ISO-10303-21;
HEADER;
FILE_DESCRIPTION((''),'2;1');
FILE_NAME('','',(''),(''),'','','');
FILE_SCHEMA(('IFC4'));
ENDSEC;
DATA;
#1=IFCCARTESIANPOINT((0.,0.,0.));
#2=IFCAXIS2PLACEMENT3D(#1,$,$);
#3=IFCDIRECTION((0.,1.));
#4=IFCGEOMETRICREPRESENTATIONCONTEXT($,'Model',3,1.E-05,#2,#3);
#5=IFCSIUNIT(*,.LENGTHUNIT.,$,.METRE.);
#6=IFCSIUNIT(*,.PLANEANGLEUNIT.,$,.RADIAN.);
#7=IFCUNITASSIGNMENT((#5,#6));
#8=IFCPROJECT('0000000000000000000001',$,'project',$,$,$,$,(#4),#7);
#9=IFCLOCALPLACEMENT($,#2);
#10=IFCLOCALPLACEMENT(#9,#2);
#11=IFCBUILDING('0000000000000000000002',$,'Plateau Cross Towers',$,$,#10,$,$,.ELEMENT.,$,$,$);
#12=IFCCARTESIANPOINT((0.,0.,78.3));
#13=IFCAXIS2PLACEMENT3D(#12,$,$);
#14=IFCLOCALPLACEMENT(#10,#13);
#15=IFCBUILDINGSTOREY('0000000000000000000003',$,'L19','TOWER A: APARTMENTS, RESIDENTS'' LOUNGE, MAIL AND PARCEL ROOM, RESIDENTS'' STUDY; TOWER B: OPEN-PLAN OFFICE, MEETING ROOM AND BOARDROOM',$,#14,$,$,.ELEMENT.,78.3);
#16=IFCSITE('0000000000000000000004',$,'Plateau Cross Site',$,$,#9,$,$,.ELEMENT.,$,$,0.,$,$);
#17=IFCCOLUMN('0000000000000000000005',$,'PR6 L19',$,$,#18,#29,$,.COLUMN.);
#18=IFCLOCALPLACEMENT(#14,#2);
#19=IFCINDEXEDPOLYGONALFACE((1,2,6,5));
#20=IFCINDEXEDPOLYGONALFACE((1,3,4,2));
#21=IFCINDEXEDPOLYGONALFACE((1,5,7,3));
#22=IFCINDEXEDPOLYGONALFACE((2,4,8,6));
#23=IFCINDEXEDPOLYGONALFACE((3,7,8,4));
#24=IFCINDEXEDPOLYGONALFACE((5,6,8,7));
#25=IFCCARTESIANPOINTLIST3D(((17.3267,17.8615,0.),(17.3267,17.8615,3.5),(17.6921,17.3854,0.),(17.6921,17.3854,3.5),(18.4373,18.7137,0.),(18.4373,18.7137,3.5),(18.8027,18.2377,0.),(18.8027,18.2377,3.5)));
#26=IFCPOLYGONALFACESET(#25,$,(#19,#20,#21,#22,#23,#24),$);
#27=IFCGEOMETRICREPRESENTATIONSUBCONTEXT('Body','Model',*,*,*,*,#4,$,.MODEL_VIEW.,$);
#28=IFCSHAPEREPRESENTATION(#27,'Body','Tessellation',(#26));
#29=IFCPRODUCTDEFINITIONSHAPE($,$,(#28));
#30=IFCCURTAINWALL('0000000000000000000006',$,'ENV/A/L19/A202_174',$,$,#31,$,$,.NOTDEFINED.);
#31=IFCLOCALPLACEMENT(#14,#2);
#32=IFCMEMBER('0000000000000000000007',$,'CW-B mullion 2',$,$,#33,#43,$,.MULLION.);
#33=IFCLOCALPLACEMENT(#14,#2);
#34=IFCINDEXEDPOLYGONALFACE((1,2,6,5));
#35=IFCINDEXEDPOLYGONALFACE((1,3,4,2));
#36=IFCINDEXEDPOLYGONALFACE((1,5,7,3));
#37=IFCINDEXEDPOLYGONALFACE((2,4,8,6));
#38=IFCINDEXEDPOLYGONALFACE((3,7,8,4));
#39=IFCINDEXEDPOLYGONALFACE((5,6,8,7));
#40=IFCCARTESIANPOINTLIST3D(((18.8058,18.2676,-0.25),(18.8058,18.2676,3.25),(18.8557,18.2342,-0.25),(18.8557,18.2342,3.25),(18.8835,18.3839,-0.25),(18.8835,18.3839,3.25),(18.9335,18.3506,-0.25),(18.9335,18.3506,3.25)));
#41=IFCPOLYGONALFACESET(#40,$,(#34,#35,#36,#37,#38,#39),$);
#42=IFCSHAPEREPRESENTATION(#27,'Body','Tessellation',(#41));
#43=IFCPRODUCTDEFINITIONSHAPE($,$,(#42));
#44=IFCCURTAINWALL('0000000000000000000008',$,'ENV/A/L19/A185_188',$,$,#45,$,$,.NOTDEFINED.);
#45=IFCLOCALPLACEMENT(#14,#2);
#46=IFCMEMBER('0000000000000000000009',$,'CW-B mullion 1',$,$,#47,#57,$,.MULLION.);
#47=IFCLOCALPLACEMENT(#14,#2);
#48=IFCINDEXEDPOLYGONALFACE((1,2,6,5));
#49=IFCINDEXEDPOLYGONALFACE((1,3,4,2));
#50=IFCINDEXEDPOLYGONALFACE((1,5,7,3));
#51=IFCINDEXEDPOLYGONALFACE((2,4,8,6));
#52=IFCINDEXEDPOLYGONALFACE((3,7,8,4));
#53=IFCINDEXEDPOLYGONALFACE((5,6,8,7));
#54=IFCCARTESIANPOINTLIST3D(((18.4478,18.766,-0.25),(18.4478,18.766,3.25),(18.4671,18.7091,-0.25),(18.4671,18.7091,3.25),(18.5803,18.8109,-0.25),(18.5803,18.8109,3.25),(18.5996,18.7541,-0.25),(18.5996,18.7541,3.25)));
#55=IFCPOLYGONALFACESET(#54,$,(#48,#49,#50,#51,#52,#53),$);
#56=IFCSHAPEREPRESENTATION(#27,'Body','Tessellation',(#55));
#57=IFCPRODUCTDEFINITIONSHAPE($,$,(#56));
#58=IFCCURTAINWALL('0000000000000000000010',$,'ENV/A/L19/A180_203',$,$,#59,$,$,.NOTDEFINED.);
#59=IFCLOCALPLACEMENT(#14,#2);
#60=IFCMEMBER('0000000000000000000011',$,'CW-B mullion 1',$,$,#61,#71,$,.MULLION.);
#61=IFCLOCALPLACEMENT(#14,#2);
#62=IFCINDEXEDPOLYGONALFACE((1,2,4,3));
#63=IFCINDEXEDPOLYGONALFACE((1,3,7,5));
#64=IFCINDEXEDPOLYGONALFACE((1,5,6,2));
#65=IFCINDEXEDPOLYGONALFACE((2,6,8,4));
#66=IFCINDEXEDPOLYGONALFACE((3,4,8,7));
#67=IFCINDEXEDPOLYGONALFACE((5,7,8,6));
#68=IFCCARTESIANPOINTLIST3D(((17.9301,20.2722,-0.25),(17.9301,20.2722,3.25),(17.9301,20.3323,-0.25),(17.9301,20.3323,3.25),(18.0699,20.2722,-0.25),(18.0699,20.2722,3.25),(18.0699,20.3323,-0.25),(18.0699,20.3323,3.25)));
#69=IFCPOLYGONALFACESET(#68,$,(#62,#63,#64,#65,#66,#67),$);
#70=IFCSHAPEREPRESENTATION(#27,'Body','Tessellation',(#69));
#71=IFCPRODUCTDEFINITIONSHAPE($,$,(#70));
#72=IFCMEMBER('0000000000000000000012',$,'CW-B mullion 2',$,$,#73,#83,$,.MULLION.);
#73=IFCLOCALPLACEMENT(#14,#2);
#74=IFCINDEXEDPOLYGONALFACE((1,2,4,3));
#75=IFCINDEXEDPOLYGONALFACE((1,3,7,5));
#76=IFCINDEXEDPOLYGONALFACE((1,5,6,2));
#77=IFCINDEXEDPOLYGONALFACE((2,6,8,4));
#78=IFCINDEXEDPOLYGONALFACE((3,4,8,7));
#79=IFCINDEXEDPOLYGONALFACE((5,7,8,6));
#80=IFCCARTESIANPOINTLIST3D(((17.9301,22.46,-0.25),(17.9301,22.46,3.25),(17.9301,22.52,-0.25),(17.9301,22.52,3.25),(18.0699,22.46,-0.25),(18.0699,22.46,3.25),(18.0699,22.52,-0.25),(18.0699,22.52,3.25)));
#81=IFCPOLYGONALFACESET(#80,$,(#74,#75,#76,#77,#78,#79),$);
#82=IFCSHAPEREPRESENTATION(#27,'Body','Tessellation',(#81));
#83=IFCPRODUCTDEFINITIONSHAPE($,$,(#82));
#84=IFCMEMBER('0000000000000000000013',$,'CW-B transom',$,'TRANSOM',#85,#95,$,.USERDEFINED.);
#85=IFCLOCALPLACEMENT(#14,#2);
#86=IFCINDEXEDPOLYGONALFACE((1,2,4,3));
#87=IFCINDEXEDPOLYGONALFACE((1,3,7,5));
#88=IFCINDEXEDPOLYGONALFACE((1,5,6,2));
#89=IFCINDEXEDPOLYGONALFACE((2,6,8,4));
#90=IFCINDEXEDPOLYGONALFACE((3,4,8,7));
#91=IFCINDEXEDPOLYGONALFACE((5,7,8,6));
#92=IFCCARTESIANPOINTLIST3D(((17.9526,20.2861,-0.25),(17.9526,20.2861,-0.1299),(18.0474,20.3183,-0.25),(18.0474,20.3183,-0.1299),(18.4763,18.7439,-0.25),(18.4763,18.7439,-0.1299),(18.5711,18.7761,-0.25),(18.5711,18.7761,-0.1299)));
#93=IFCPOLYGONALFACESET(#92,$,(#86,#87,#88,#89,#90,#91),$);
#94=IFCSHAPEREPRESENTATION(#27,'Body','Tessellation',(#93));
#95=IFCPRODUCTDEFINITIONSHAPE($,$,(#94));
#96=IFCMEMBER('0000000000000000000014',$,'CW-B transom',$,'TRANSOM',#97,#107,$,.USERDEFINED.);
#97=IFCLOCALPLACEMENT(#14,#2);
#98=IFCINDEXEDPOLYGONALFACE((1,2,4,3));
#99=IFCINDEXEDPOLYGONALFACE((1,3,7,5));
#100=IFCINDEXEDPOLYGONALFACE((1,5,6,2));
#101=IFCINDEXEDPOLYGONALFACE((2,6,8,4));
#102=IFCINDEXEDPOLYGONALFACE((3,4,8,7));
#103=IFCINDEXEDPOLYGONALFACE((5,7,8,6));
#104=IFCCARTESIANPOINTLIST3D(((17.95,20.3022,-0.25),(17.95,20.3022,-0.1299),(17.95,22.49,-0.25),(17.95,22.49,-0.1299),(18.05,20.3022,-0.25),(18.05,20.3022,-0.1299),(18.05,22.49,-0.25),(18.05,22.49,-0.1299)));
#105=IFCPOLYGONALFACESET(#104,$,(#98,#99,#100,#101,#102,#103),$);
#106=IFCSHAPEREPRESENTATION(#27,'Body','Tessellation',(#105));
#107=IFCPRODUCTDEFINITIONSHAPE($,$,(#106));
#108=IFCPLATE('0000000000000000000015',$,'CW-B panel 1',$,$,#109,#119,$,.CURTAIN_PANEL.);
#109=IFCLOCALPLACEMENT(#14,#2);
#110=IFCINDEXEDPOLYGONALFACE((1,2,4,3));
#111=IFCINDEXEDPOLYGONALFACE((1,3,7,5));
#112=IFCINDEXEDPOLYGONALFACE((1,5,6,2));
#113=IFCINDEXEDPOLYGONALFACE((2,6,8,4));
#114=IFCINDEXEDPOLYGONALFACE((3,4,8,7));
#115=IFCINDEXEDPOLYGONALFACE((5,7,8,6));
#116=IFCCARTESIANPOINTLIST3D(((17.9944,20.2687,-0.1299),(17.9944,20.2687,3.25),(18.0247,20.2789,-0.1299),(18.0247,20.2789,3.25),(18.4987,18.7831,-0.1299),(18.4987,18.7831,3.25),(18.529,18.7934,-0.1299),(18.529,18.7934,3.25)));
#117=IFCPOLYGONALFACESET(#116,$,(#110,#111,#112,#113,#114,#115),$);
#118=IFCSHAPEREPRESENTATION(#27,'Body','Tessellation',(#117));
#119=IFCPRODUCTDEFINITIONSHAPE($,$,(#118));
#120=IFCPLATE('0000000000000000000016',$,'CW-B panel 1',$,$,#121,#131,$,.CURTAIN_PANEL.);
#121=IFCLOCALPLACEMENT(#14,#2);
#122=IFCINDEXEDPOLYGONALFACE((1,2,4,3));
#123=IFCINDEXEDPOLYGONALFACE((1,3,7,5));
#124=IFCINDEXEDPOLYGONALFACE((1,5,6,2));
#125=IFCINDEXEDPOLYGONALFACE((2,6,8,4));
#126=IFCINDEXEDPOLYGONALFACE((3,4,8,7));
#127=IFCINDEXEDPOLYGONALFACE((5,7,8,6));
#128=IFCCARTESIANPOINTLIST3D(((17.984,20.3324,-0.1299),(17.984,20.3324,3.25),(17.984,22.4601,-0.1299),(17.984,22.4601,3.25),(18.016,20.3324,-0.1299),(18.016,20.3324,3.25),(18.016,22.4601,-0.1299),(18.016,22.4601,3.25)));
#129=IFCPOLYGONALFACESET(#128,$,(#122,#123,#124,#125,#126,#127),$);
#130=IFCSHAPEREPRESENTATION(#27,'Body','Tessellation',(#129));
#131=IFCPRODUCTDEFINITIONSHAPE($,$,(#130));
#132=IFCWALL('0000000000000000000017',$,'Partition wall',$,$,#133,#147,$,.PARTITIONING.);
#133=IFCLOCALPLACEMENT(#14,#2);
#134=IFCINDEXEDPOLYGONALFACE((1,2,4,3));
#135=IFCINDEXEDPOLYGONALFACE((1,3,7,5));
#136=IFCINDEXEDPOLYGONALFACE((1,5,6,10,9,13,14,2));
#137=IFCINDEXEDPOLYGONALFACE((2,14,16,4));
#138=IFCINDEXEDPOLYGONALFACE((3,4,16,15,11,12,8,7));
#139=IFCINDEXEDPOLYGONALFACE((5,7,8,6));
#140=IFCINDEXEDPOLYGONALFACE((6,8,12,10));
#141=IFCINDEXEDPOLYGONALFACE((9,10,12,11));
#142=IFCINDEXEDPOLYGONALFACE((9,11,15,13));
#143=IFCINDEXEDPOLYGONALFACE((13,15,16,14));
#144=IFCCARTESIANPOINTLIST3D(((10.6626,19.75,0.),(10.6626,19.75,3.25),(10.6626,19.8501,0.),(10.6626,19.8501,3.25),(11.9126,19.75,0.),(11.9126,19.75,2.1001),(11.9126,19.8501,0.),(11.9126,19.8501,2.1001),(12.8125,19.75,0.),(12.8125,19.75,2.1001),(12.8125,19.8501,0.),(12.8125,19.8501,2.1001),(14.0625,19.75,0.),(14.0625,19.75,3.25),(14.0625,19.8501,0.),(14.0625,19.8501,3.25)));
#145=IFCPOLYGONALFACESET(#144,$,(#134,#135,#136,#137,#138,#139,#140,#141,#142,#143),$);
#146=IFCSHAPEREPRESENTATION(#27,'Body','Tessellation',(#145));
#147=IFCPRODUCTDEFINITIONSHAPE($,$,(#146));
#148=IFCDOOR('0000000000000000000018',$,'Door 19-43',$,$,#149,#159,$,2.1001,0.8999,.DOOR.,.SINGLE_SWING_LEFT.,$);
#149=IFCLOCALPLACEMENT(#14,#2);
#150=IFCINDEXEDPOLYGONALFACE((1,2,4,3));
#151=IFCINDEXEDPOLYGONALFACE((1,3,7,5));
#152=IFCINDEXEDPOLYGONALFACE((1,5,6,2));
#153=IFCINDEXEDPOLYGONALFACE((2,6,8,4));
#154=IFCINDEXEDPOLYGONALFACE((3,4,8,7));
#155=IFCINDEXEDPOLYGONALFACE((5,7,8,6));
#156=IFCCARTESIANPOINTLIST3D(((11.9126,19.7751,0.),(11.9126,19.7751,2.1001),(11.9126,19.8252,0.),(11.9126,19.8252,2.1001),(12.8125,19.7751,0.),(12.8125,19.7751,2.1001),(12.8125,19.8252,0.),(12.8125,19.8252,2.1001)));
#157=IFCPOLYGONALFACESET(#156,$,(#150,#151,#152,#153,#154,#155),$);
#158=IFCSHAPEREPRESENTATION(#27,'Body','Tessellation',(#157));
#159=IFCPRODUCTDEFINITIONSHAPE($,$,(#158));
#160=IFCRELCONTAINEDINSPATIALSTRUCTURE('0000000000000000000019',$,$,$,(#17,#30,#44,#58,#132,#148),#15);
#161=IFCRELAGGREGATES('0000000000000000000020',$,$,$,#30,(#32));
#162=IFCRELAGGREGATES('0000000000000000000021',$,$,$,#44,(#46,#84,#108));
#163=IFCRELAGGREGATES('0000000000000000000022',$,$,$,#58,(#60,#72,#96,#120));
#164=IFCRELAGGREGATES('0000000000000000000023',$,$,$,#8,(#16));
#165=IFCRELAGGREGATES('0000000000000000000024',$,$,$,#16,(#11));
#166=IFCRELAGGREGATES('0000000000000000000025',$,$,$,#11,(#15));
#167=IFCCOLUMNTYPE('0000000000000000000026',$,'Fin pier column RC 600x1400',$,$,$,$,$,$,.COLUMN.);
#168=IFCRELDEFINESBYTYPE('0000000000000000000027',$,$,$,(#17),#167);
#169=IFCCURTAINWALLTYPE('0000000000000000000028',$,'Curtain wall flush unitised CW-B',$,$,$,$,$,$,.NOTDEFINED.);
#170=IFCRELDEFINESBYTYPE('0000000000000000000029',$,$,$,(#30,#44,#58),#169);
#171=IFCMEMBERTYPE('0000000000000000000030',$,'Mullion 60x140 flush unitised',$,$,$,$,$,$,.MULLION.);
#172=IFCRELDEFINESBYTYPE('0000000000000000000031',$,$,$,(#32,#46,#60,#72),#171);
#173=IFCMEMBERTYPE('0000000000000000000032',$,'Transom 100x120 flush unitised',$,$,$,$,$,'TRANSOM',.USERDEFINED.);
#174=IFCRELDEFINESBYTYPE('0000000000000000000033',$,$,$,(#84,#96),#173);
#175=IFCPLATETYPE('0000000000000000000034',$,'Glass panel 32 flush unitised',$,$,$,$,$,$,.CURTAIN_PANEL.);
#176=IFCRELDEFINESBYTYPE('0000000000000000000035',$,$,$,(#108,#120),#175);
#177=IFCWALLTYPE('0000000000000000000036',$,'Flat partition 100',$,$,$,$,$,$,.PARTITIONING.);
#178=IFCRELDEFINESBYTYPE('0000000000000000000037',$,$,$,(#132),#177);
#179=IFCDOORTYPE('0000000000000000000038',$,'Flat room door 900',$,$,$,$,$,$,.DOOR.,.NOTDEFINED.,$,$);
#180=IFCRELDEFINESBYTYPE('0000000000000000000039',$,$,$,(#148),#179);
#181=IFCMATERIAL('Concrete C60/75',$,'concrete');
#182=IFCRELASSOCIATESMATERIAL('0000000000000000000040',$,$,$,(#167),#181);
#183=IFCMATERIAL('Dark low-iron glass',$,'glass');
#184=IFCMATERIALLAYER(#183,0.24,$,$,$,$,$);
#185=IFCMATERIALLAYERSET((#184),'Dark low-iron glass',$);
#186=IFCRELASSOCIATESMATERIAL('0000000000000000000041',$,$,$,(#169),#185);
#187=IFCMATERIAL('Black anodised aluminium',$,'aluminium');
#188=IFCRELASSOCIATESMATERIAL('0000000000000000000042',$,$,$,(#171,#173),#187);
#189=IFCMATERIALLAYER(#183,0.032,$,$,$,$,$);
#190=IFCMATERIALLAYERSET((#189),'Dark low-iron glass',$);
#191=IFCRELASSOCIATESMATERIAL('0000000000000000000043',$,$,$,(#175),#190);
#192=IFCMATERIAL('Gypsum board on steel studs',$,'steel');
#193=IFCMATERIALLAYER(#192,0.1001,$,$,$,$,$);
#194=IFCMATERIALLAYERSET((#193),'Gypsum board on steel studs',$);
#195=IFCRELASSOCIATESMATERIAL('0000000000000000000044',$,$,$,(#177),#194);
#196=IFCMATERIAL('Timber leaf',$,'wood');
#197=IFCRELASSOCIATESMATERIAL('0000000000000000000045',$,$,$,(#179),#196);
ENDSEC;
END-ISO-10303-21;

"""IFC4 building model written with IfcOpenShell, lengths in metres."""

from ifc_helpers import new_model, si_unit, direction, frame, frame_2d, origin, origin_2d, place, context, subcontext, project, spatial, rectangle, extrude, material, layer, layer_set, material_profile, profile_set, type_object, element, fill, aggregate, save


model = new_model("IFC4")

# Units and contexts
model_context = context("Model", 3, precision=1e-05, world=origin(), true_north=direction((0.0, 1.0)))
body_context = subcontext(model_context, "Body", "Model", "MODEL_VIEW")
ifc_project = project(units=[si_unit("LENGTHUNIT", "METRE"), si_unit("PLANEANGLEUNIT", "RADIAN")], contexts=[model_context])

# Site, building, storey
site_placement = place(None, origin())
site = spatial("IfcSite", under=ifc_project, at=site_placement, Name="Plateau Cross Site", CompositionType="ELEMENT", RefElevation=0.0)
building_placement = place(site_placement, origin())
building = spatial("IfcBuilding", under=site, at=building_placement, Name="Plateau Cross Towers", CompositionType="ELEMENT")
storey_placement = place(building_placement, frame((0.0, 0.0, 78.3)))
storey = spatial("IfcBuildingStorey", under=building, at=storey_placement, Name="L19", Description="TOWER A: APARTMENTS, RESIDENTS' LOUNGE, MAIL AND PARCEL ROOM, RESIDENTS' STUDY; TOWER B: OPEN-PLAN OFFICE, MEETING ROOM AND BOARDROOM", CompositionType="ELEMENT", Elevation=78.3)

# Column
ifc_material_1 = material(Name="Concrete C60/75", Category="concrete")
ifc_material_profile_1 = material_profile(ifc_material_1, rectangle(XDim=0.6001, YDim=1.3999, at=origin_2d()), Name="RC 600x1400")
ifc_profile_set_1 = profile_set([ifc_material_profile_1], Name="Concrete C60/75")
column_type = type_object("IfcColumnType", Name="Fin pier column RC 600x1400", PredefinedType="COLUMN", material=ifc_profile_set_1)
column_placement = place(storey_placement, frame((18.0647, 18.0496, 0.0), z_axis=(0.0, 0.0, 1.0), x_axis=(-0.608811, 0.793315, 0.0)))
element("IfcColumn", 1, at=column_placement, inside=storey, type_object=column_type, Name="PR6 L19", PredefinedType="COLUMN", context=body_context, shape_type="SweptSolid", body=[
    extrude(rectangle(XDim=0.6001, YDim=1.3999, at=origin_2d()), origin(), (0.0, 0.0, 1.0), 3.5),
])

# Curtain walls, members
ifc_material_2 = material(Name="Dark low-iron glass", Category="glass")
ifc_layer_1 = layer(ifc_material_2, 0.24)
ifc_layer_set_1 = layer_set([ifc_layer_1], Name="Dark low-iron glass")
curtain_wall_type = type_object("IfcCurtainWallType", Name="Curtain wall flush unitised CW-B", PredefinedType="NOTDEFINED", material=ifc_layer_set_1)
curtain_wall_1_placement = place(storey_placement, origin())
curtain_wall_1 = element("IfcCurtainWall", 2, at=curtain_wall_1_placement, inside=storey, type_object=curtain_wall_type, Name="ENV/A/L19/A202_174", PredefinedType="NOTDEFINED")
ifc_material_3 = material(Name="Black anodised aluminium", Category="aluminium")
ifc_material_profile_2 = material_profile(ifc_material_3, rectangle(XDim=0.0601, YDim=0.1399, at=origin_2d()), Name="MULLION 60x140")
ifc_profile_set_2 = profile_set([ifc_material_profile_2], Name="Black anodised aluminium")
member_type_1 = type_object("IfcMemberType", Name="Mullion 60x140 flush unitised", PredefinedType="MULLION", material=ifc_profile_set_2)
member_1_placement = place(storey_placement, frame((18.8696, 18.3091, -0.25), z_axis=(0.0, 0.0, 1.0), x_axis=(-0.831521, 0.555493, 0.0)))
member_1 = element("IfcMember", 3, at=member_1_placement, type_object=member_type_1, Name="CW-B mullion 2", PredefinedType="MULLION", context=body_context, shape_type="SweptSolid", body=[
    extrude(rectangle(XDim=0.0601, YDim=0.1399, at=origin_2d()), origin(), (0.0, 0.0, 1.0), 3.5),
])
aggregate(curtain_wall_1, [member_1])
curtain_wall_2_placement = place(storey_placement, origin())
curtain_wall_2 = element("IfcCurtainWall", 4, at=curtain_wall_2_placement, inside=storey, type_object=curtain_wall_type, Name="ENV/A/L19/A185_188", PredefinedType="NOTDEFINED")
member_2_placement = place(storey_placement, frame((18.5237, 18.76, -0.25), z_axis=(0.0, 0.0, 1.0), x_axis=(-0.321469, 0.94692, 0.0)))
member_2 = element("IfcMember", 5, at=member_2_placement, type_object=member_type_1, Name="CW-B mullion 1", PredefinedType="MULLION", context=body_context, shape_type="SweptSolid", body=[
    extrude(rectangle(XDim=0.0601, YDim=0.1399, at=origin_2d()), origin(), (0.0, 0.0, 1.0), 3.5),
])

# Curtain wall, members
curtain_wall_3_placement = place(storey_placement, origin())
curtain_wall_3 = element("IfcCurtainWall", 6, at=curtain_wall_3_placement, inside=storey, type_object=curtain_wall_type, Name="ENV/A/L19/A180_203", PredefinedType="NOTDEFINED")
member_3_placement = place(storey_placement, frame((18.0, 20.3022, -0.25), z_axis=(0.0, 0.0, 1.0), x_axis=(0.0, 1.0, 0.0)))
member_3 = element("IfcMember", 7, at=member_3_placement, type_object=member_type_1, Name="CW-B mullion 1", PredefinedType="MULLION", context=body_context, shape_type="SweptSolid", body=[
    extrude(rectangle(XDim=0.0601, YDim=0.1399, at=origin_2d()), origin(), (0.0, 0.0, 1.0), 3.5),
])
member_4_placement = place(storey_placement, frame((18.0, 22.49, -0.25), z_axis=(0.0, 0.0, 1.0), x_axis=(0.0, 1.0, 0.0)))
member_4 = element("IfcMember", 8, at=member_4_placement, type_object=member_type_1, Name="CW-B mullion 2", PredefinedType="MULLION", context=body_context, shape_type="SweptSolid", body=[
    extrude(rectangle(XDim=0.0601, YDim=0.1399, at=origin_2d()), origin(), (0.0, 0.0, 1.0), 3.5),
])

# Members
ifc_material_profile_3 = material_profile(ifc_material_3, rectangle(XDim=0.1001, YDim=0.1201, at=origin_2d()), Name="TRANSOM 100x120")
ifc_profile_set_3 = profile_set([ifc_material_profile_3], Name="Black anodised aluminium")
member_type_2 = type_object("IfcMemberType", Name="Transom 100x120 flush unitised", ElementType="TRANSOM", PredefinedType="USERDEFINED", material=ifc_profile_set_3)
member_5_placement = place(storey_placement, frame((18.5237, 18.76, -0.1899), z_axis=(-0.321529, 0.9469, 0.0), x_axis=(-0.9469, -0.321529, 0.0)))
member_5 = element("IfcMember", 9, at=member_5_placement, type_object=member_type_2, Name="CW-B transom", ObjectType="TRANSOM", PredefinedType="USERDEFINED", context=body_context, shape_type="SweptSolid", body=[
    extrude(rectangle(XDim=0.1001, YDim=0.1201, at=origin_2d()), origin(), (0.0, 0.0, 1.0), 1.6287),
])
member_6_placement = place(storey_placement, frame((18.0, 20.3022, -0.1899), z_axis=(0.0, 1.0, 0.0), x_axis=(-1.0, 0.0, 0.0)))
member_6 = element("IfcMember", 10, at=member_6_placement, type_object=member_type_2, Name="CW-B transom", ObjectType="TRANSOM", PredefinedType="USERDEFINED", context=body_context, shape_type="SweptSolid", body=[
    extrude(rectangle(XDim=0.1001, YDim=0.1201, at=origin_2d()), origin(), (0.0, 0.0, 1.0), 2.1877),
])

# Plates
ifc_layer_2 = layer(ifc_material_2, 0.032)
ifc_layer_set_2 = layer_set([ifc_layer_2], Name="Dark low-iron glass")
plate_type = type_object("IfcPlateType", Name="Glass panel 32 flush unitised", PredefinedType="CURTAIN_PANEL", material=ifc_layer_set_2)
plate_1_placement = place(storey_placement, frame((18.2617, 19.531, -0.1299), z_axis=(0.0, 0.0, 1.0), x_axis=(-0.321469, 0.94692, 0.0)))
plate_1 = element("IfcPlate", 11, at=plate_1_placement, type_object=plate_type, Name="CW-B panel 1", PredefinedType="CURTAIN_PANEL", context=body_context, shape_type="SweptSolid", body=[
    extrude(rectangle(XDim=1.5688, YDim=0.032, at=origin_2d()), origin(), (0.0, 0.0, 1.0), 3.3799),
])
aggregate(curtain_wall_2, [member_2, member_5, plate_1])
plate_2_placement = place(storey_placement, frame((18.0, 21.3962, -0.1299), z_axis=(0.0, 0.0, 1.0), x_axis=(0.0, 1.0, 0.0)))
plate_2 = element("IfcPlate", 12, at=plate_2_placement, type_object=plate_type, Name="CW-B panel 1", PredefinedType="CURTAIN_PANEL", context=body_context, shape_type="SweptSolid", body=[
    extrude(rectangle(XDim=2.1277, YDim=0.032, at=origin_2d()), origin(), (0.0, 0.0, 1.0), 3.3799),
])
aggregate(curtain_wall_3, [member_3, member_4, member_6, plate_2])

# Wall, opening, door
ifc_material_4 = material(Name="Gypsum board on steel studs", Category="steel")
ifc_layer_3 = layer(ifc_material_4, 0.1001)
ifc_layer_set_3 = layer_set([ifc_layer_3], Name="Gypsum board on steel studs")
wall_type_1 = type_object("IfcWallType", Name="Flat partition 100", PredefinedType="PARTITIONING", material=ifc_layer_set_3)
wall_1_placement = place(storey_placement, frame((14.0625, 19.8, 0.0), z_axis=(0.0, 0.0, 1.0), x_axis=(-1.0, 0.0, 0.0)))
wall_1 = element("IfcWall", 13, at=wall_1_placement, inside=storey, type_object=wall_type_1, Name="Partition wall", PredefinedType="PARTITIONING", context=body_context, shape_type="SweptSolid", body=[
    extrude(rectangle(XDim=3.3999, YDim=0.1001, at=frame_2d((1.7, 0.0))), origin(), (0.0, 0.0, 1.0), 3.25),
])
opening_1_placement = place(wall_1_placement, frame((1.25, 0.0, 0.0)))
opening_1 = element("IfcOpeningElement", 14, at=opening_1_placement, cuts=wall_1, PredefinedType="OPENING", context=body_context, shape_type="SweptSolid", body=[
    extrude(rectangle(XDim=0.8999, YDim=2.1001, at=frame_2d((0.45, 1.05))), frame((0.0, 0.0601, 0.0), z_axis=(0.0, -1.0, 0.0), x_axis=(1.0, 0.0, 0.0)), (0.0, 0.0, 1.0), 0.1201),
])
ifc_material_5 = material(Name="Timber leaf", Category="wood")
door_type_1 = type_object("IfcDoorType", Name="Flat room door 900", OperationType="NOTDEFINED", PredefinedType="DOOR", material=ifc_material_5)
door_1_placement = place(opening_1_placement, origin())
door_1 = element("IfcDoor", 15, at=door_1_placement, inside=storey, type_object=door_type_1, Name="Door 19-43", OperationType="SINGLE_SWING_LEFT", OverallHeight=2.1001, OverallWidth=0.8999, PredefinedType="DOOR", context=body_context, shape_type="SweptSolid", body=[
    extrude(rectangle(XDim=0.8999, YDim=2.1001, at=frame_2d((0.45, 1.05))), frame((0.0, 0.0249, 0.0), z_axis=(0.0, -1.0, 0.0), x_axis=(1.0, 0.0, 0.0)), (0.0, 0.0, 1.0), 0.05),
])
fill(opening_1, door_1)

save(model, "model.ifc")
